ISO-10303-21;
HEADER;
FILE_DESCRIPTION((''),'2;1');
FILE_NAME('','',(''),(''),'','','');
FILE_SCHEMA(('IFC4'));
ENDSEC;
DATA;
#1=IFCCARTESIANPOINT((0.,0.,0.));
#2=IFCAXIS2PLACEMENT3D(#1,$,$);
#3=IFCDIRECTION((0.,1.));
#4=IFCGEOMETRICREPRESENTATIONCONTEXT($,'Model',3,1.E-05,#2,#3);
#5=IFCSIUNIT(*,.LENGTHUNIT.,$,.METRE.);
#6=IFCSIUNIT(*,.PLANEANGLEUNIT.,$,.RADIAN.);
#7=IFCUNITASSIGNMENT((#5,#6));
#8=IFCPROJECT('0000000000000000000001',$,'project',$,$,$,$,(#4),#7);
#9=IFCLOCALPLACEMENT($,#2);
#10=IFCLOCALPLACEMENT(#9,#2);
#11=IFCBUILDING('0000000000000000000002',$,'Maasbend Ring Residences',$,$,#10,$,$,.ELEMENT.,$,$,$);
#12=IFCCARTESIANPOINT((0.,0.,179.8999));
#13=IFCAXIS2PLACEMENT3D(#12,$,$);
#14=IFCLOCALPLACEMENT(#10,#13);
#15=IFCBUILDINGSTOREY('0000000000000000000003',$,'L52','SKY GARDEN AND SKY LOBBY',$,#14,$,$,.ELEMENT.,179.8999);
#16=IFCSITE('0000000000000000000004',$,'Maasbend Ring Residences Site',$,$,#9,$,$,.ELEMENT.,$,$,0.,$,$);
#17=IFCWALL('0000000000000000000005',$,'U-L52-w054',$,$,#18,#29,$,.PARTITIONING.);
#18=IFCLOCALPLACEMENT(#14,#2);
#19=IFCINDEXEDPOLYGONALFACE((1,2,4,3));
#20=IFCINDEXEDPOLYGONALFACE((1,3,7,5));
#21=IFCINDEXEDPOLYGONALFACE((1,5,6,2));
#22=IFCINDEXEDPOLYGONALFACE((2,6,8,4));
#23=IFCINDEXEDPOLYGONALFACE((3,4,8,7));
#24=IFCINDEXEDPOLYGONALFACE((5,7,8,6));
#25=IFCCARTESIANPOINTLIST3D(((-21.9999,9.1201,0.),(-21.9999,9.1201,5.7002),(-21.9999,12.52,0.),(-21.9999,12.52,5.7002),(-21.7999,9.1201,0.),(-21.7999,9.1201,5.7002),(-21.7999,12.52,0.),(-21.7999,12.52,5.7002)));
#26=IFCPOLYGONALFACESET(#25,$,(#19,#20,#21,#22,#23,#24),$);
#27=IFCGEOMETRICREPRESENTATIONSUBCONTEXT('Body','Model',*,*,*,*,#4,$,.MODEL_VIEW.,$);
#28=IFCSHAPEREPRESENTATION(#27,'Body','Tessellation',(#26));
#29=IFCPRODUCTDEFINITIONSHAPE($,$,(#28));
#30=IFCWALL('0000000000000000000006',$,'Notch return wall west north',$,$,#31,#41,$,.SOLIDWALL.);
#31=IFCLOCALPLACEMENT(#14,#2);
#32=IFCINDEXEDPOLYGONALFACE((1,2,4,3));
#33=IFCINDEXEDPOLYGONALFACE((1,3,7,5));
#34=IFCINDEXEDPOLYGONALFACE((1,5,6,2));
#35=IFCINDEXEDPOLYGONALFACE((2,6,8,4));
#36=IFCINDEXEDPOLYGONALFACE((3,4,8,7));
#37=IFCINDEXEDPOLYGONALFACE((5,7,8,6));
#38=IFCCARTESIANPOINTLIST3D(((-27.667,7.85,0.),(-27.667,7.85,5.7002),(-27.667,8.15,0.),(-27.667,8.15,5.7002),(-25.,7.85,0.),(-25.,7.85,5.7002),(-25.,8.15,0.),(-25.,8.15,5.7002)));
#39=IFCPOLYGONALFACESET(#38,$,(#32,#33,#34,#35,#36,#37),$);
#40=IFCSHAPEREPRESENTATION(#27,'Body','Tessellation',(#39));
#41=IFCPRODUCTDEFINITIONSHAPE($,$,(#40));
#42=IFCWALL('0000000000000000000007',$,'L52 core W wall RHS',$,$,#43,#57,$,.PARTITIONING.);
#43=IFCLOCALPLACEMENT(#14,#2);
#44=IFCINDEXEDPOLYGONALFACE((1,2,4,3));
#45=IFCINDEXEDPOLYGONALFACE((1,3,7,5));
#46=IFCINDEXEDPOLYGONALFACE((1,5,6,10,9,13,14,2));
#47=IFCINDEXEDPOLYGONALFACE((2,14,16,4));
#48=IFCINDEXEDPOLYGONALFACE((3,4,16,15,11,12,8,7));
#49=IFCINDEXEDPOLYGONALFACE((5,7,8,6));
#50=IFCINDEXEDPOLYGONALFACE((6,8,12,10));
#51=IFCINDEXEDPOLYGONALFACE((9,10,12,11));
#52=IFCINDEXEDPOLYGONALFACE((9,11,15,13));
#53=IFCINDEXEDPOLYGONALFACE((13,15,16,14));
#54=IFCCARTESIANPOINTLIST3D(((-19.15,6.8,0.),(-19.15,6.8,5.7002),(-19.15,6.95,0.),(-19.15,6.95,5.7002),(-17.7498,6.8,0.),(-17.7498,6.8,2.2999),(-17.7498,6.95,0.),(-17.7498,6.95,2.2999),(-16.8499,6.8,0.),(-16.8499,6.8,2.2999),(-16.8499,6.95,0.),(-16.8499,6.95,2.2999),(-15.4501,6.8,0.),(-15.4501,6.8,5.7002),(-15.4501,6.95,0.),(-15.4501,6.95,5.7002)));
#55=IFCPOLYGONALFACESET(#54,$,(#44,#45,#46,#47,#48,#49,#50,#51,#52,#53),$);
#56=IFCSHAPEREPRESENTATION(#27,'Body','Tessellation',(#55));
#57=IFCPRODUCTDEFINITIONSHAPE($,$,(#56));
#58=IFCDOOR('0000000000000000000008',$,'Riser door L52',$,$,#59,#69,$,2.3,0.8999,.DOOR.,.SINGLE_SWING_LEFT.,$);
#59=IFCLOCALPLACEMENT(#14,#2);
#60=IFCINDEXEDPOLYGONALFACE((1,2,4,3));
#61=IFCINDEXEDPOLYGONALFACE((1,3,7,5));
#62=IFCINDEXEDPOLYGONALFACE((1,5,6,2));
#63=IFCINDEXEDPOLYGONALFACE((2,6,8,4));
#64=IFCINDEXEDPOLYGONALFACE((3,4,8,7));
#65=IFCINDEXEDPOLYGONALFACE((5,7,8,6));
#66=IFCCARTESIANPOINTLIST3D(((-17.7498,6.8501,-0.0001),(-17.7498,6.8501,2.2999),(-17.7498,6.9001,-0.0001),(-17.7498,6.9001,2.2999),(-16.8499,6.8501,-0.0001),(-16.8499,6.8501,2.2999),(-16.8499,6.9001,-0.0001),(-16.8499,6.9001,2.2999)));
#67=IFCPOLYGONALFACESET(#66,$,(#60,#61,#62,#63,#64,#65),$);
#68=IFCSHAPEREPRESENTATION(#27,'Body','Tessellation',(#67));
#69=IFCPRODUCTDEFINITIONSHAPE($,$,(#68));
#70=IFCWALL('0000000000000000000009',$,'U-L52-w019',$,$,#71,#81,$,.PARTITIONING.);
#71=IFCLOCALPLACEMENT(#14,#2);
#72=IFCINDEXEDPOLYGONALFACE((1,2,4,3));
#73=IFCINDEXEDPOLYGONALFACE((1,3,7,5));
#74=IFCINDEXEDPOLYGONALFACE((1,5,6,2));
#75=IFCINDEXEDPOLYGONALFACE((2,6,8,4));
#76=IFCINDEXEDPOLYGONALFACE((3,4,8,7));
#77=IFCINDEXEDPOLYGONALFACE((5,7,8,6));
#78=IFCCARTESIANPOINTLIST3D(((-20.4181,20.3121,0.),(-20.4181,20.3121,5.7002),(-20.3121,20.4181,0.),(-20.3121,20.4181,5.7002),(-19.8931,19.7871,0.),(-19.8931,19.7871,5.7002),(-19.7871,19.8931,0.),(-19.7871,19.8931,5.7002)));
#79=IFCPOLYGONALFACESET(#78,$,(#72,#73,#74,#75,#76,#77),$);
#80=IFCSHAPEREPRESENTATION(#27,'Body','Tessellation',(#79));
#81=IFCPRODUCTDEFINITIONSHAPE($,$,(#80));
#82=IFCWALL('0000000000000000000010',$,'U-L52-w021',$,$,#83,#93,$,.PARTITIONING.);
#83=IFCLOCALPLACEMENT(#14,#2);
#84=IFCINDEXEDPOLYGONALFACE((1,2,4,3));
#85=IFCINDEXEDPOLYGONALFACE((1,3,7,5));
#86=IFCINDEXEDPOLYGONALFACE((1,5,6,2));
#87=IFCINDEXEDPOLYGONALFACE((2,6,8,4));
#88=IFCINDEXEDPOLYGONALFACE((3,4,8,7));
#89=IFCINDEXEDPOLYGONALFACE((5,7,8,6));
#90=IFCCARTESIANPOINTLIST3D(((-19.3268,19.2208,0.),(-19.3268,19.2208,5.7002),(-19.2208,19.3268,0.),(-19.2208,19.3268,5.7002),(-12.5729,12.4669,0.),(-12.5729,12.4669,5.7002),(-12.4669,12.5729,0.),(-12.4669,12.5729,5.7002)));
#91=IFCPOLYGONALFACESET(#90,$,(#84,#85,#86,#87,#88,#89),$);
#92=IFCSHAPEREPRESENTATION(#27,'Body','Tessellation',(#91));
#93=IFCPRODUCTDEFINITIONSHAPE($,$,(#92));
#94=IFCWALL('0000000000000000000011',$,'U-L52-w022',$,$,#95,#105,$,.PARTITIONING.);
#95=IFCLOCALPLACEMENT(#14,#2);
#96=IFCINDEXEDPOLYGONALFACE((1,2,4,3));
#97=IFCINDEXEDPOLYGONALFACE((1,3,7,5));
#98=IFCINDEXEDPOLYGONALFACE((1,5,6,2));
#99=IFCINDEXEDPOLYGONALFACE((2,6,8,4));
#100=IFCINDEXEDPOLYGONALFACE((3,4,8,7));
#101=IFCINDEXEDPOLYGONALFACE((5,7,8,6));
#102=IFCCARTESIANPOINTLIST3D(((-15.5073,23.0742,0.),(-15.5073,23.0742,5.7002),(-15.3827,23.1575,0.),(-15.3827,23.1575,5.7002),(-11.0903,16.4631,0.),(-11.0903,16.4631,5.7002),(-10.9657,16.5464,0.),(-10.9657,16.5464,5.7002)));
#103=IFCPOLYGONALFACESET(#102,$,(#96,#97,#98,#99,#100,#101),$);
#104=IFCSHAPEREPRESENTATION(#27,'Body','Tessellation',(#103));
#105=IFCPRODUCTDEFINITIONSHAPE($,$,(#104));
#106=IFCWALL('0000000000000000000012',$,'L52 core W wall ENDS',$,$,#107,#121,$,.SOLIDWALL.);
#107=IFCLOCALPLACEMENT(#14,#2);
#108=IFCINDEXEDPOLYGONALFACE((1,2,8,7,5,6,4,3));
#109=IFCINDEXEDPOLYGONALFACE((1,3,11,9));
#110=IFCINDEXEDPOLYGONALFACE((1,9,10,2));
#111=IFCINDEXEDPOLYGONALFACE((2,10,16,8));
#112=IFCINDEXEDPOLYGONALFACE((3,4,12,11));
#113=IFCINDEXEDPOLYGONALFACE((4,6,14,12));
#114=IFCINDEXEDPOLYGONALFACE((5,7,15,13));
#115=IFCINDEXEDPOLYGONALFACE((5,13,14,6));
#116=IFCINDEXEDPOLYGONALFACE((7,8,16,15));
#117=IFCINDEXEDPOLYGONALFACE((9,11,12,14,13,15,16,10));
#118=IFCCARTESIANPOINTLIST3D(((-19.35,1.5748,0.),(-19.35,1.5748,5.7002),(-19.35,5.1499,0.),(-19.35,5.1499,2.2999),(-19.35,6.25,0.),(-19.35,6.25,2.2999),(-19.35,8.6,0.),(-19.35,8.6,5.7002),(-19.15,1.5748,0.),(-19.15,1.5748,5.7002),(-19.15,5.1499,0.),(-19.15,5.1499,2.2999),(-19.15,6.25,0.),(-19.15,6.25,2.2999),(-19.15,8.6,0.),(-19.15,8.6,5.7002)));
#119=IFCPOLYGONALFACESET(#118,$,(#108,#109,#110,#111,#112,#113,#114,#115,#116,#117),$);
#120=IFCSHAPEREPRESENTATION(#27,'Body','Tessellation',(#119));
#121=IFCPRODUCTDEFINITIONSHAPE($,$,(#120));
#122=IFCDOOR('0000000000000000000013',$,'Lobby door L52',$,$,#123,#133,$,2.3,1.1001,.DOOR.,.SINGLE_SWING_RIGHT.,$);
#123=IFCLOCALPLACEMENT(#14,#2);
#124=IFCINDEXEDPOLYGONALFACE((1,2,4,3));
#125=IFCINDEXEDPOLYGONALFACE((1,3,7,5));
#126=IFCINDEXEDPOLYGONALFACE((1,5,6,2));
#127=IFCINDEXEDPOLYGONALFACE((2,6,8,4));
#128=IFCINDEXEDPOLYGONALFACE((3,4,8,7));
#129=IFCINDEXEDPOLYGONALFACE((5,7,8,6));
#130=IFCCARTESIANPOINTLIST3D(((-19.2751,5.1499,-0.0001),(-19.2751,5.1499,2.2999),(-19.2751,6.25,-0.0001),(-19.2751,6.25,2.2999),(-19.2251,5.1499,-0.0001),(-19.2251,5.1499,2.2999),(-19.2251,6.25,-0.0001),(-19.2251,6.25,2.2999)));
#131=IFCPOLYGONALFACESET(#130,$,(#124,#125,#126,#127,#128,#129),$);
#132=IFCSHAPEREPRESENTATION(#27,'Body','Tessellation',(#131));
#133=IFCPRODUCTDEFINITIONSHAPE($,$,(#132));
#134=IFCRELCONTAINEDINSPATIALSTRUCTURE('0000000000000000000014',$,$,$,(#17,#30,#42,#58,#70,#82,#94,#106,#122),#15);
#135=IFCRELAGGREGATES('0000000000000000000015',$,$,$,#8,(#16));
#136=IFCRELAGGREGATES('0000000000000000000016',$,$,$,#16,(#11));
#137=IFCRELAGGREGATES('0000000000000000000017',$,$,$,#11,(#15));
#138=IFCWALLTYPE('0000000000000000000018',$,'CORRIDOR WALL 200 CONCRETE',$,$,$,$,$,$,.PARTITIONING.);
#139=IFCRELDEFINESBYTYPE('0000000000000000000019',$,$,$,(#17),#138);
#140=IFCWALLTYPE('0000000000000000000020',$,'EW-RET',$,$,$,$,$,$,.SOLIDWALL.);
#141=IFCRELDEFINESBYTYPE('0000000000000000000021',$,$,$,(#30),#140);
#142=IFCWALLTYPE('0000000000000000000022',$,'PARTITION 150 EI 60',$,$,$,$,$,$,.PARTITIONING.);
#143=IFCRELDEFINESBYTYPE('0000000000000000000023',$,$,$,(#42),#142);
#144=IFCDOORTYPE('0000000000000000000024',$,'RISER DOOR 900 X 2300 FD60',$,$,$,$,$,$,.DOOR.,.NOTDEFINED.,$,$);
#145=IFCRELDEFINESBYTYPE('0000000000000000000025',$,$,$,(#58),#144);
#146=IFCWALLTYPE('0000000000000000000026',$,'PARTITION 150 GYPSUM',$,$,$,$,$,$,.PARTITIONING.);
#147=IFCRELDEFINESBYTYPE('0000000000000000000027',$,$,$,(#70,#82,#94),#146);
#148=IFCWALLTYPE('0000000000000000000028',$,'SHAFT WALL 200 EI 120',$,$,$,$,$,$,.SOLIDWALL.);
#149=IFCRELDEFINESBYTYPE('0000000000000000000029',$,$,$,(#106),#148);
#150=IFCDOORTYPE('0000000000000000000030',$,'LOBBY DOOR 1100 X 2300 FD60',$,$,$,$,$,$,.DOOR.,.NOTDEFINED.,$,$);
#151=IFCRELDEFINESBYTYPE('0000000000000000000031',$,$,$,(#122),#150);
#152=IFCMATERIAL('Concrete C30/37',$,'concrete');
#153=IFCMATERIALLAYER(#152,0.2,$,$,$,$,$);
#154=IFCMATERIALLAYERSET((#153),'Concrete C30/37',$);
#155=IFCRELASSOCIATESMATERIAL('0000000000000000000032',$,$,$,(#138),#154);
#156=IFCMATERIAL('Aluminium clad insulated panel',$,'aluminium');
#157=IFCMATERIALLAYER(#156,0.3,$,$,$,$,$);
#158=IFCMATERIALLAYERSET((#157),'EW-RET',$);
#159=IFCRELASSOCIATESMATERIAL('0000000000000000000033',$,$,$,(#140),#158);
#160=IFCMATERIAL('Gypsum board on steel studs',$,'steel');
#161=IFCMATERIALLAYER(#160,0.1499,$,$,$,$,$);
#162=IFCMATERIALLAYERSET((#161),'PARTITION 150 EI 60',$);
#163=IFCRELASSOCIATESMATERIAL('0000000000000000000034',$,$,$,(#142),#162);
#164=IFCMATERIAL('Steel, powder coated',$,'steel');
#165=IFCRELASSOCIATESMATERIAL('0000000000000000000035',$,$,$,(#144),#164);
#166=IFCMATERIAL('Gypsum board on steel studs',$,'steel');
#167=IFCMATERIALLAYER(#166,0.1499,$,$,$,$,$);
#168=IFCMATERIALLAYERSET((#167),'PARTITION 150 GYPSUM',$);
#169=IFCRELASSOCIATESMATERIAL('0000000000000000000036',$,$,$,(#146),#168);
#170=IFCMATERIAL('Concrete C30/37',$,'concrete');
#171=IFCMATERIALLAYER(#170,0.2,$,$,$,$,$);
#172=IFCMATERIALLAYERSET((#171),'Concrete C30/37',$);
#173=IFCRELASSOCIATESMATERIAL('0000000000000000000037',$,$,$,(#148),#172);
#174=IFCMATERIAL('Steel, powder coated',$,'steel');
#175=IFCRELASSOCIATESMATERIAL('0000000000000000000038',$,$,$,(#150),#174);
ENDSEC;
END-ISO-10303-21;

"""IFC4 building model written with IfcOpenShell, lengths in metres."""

from ifc_helpers import new_model, si_unit, direction, frame, frame_2d, origin, place, context, subcontext, project, spatial, rectangle, extrude, material, layer, layer_set, type_object, element, fill, save


model = new_model("IFC4")

# Units and contexts
model_context = context("Model", 3, precision=1e-05, world=origin(), true_north=direction((0.0, 1.0)))
body_context = subcontext(model_context, "Body", "Model", "MODEL_VIEW")
ifc_project = project(units=[si_unit("LENGTHUNIT", "METRE"), si_unit("PLANEANGLEUNIT", "RADIAN")], contexts=[model_context])

# Site, building, storey
site_placement = place(None, origin())
site = spatial("IfcSite", under=ifc_project, at=site_placement, Name="Maasbend Ring Residences Site", CompositionType="ELEMENT", RefElevation=0.0)
building_placement = place(site_placement, origin())
building = spatial("IfcBuilding", under=site, at=building_placement, Name="Maasbend Ring Residences", CompositionType="ELEMENT")
storey_placement = place(building_placement, frame((0.0, 0.0, 179.8999)))
storey = spatial("IfcBuildingStorey", under=building, at=storey_placement, Name="L52", Description="SKY GARDEN AND SKY LOBBY", CompositionType="ELEMENT", Elevation=179.8999)

# Shared definitions
ifc_material_1 = material(Name="Concrete C30/37", Category="concrete")
ifc_layer_1 = layer(ifc_material_1, 0.2)
ifc_layer_set_1 = layer_set([ifc_layer_1], Name="Concrete C30/37")
wall_type_1 = type_object("IfcWallType", Name="CORRIDOR WALL 200 CONCRETE", PredefinedType="PARTITIONING", material=ifc_layer_set_1)

# Walls
wall_1_placement = place(storey_placement, frame((-21.8999, 9.1201, 0.0), z_axis=(0.0, 0.0, 1.0), x_axis=(0.0, 1.0, 0.0)))
element("IfcWall", 1, at=wall_1_placement, inside=storey, type_object=wall_type_1, Name="U-L52-w054", PredefinedType="PARTITIONING", context=body_context, shape_type="SweptSolid", body=[
    extrude(rectangle(XDim=3.3999, YDim=0.2, at=frame_2d((1.7, 0.0))), origin(), (0.0, 0.0, 1.0), 5.7002),
])
ifc_material_2 = material(Name="Aluminium clad insulated panel", Category="aluminium")
ifc_layer_2 = layer(ifc_material_2, 0.3)
ifc_layer_set_2 = layer_set([ifc_layer_2], Name="EW-RET")
wall_type_2 = type_object("IfcWallType", Name="EW-RET", PredefinedType="SOLIDWALL", material=ifc_layer_set_2)
wall_2_placement = place(storey_placement, frame((-25.0, 8.0, 0.0), z_axis=(0.0, 0.0, 1.0), x_axis=(-1.0, 0.0, 0.0)))
element("IfcWall", 2, at=wall_2_placement, inside=storey, type_object=wall_type_2, Name="Notch return wall west north", PredefinedType="SOLIDWALL", context=body_context, shape_type="SweptSolid", body=[
    extrude(rectangle(XDim=2.667, YDim=0.3, at=frame_2d((1.3335, 0.0))), origin(), (0.0, 0.0, 1.0), 5.7002),
])

# Wall, opening, door
ifc_material_3 = material(Name="Gypsum board on steel studs", Category="steel")
ifc_layer_3 = layer(ifc_material_3, 0.1499)
ifc_layer_set_3 = layer_set([ifc_layer_3], Name="PARTITION 150 EI 60")
wall_type_3 = type_object("IfcWallType", Name="PARTITION 150 EI 60", PredefinedType="PARTITIONING", material=ifc_layer_set_3)
wall_3_placement = place(storey_placement, frame((-15.45, 6.875, 0.0), z_axis=(0.0, 0.0, 1.0), x_axis=(-1.0, 0.0, 0.0)))
wall_3 = element("IfcWall", 3, at=wall_3_placement, inside=storey, type_object=wall_type_3, Name="L52 core W wall RHS", PredefinedType="PARTITIONING", context=body_context, shape_type="SweptSolid", body=[
    extrude(rectangle(XDim=3.7, YDim=0.1499, at=frame_2d((1.8501, 0.0))), origin(), (0.0, 0.0, 1.0), 5.7002),
])
opening_1_placement = place(wall_3_placement, frame((1.3999, 0.0, 0.0)))
opening_1 = element("IfcOpeningElement", 4, at=opening_1_placement, cuts=wall_3, PredefinedType="OPENING", context=body_context, shape_type="SweptSolid", body=[
    extrude(rectangle(XDim=0.8999, YDim=2.3, at=frame_2d((0.45, 1.1499))), frame((0.0, 0.085, 0.0), z_axis=(0.0, -1.0, 0.0), x_axis=(1.0, 0.0, 0.0)), (0.0, 0.0, 1.0), 0.1699),
])
ifc_material_4 = material(Name="Steel, powder coated", Category="steel")
door_type_1 = type_object("IfcDoorType", Name="RISER DOOR 900 X 2300 FD60", OperationType="NOTDEFINED", PredefinedType="DOOR", material=ifc_material_4)
door_1_placement = place(opening_1_placement, origin())
door_1 = element("IfcDoor", 5, at=door_1_placement, inside=storey, type_object=door_type_1, Name="Riser door L52", OperationType="SINGLE_SWING_LEFT", OverallHeight=2.3, OverallWidth=0.8999, PredefinedType="DOOR", context=body_context, shape_type="SweptSolid", body=[
    extrude(rectangle(XDim=0.8999, YDim=2.3, at=frame_2d((0.45, 1.1499))), frame((0.0, 0.0249, 0.0), z_axis=(0.0, -1.0, 0.0), x_axis=(1.0, 0.0, 0.0)), (0.0, 0.0, 1.0), 0.05),
])
fill(opening_1, door_1)

# Walls
ifc_material_5 = material(Name="Gypsum board on steel studs", Category="steel")
ifc_layer_4 = layer(ifc_material_5, 0.1499)
ifc_layer_set_4 = layer_set([ifc_layer_4], Name="PARTITION 150 GYPSUM")
wall_type_4 = type_object("IfcWallType", Name="PARTITION 150 GYPSUM", PredefinedType="PARTITIONING", material=ifc_layer_set_4)
wall_4_placement = place(storey_placement, frame((-20.365, 20.365, 0.0), z_axis=(0.0, 0.0, 1.0), x_axis=(0.707107, -0.707107, 0.0)))
element("IfcWall", 6, at=wall_4_placement, inside=storey, type_object=wall_type_4, Name="U-L52-w019", PredefinedType="PARTITIONING", context=body_context, shape_type="SweptSolid", body=[
    extrude(rectangle(XDim=0.7424, YDim=0.1499, at=frame_2d((0.3711, 0.0))), origin(), (0.0, 0.0, 1.0), 5.7002),
])
wall_5_placement = place(storey_placement, frame((-19.2739, 19.2739, 0.0), z_axis=(0.0, 0.0, 1.0), x_axis=(0.707107, -0.707107, 0.0)))
element("IfcWall", 7, at=wall_5_placement, inside=storey, type_object=wall_type_4, Name="U-L52-w021", PredefinedType="PARTITIONING", context=body_context, shape_type="SweptSolid", body=[
    extrude(rectangle(XDim=9.5515, YDim=0.1499, at=frame_2d((4.7759, 0.0))), origin(), (0.0, 0.0, 1.0), 5.7002),
])
wall_6_placement = place(storey_placement, frame((-15.4451, 23.116, 0.0), z_axis=(0.0, 0.0, 1.0), x_axis=(0.555536, -0.831492, 0.0)))
element("IfcWall", 8, at=wall_6_placement, inside=storey, type_object=wall_type_4, Name="U-L52-w022", PredefinedType="PARTITIONING", context=body_context, shape_type="SweptSolid", body=[
    extrude(rectangle(XDim=7.9509, YDim=0.1499, at=frame_2d((3.9756, 0.0))), origin(), (0.0, 0.0, 1.0), 5.7002),
])

# Wall, opening, door
ifc_material_6 = material(Name="Concrete C30/37", Category="concrete")
ifc_layer_5 = layer(ifc_material_6, 0.2)
ifc_layer_set_5 = layer_set([ifc_layer_5], Name="Concrete C30/37")
wall_type_5 = type_object("IfcWallType", Name="SHAFT WALL 200 EI 120", PredefinedType="SOLIDWALL", material=ifc_layer_set_5)
wall_7_placement = place(storey_placement, frame((-19.25, 8.6001, 0.0), z_axis=(0.0, 0.0, 1.0), x_axis=(0.0, -1.0, 0.0)))
wall_7 = element("IfcWall", 9, at=wall_7_placement, inside=storey, type_object=wall_type_5, Name="L52 core W wall ENDS", PredefinedType="SOLIDWALL", context=body_context, shape_type="SweptSolid", body=[
    extrude(rectangle(XDim=7.0251, YDim=0.2, at=frame_2d((3.5127, 0.0))), origin(), (0.0, 0.0, 1.0), 5.7002),
])
opening_2_placement = place(wall_7_placement, frame((2.3501, 0.0, 0.0)))
opening_2 = element("IfcOpeningElement", 10, at=opening_2_placement, cuts=wall_7, PredefinedType="OPENING", context=body_context, shape_type="SweptSolid", body=[
    extrude(rectangle(XDim=1.1001, YDim=2.3, at=frame_2d((0.55, 1.1499))), frame((0.0, 0.1099, 0.0), z_axis=(0.0, -1.0, 0.0), x_axis=(1.0, 0.0, 0.0)), (0.0, 0.0, 1.0), 0.22),
])
ifc_material_7 = material(Name="Steel, powder coated", Category="steel")
door_type_2 = type_object("IfcDoorType", Name="LOBBY DOOR 1100 X 2300 FD60", OperationType="NOTDEFINED", PredefinedType="DOOR", material=ifc_material_7)
door_2_placement = place(opening_2_placement, origin())
door_2 = element("IfcDoor", 11, at=door_2_placement, inside=storey, type_object=door_type_2, Name="Lobby door L52", OperationType="SINGLE_SWING_RIGHT", OverallHeight=2.3, OverallWidth=1.1001, PredefinedType="DOOR", context=body_context, shape_type="SweptSolid", body=[
    extrude(rectangle(XDim=1.1001, YDim=2.3, at=frame_2d((0.55, 1.1499))), frame((0.0, 0.0249, 0.0), z_axis=(0.0, -1.0, 0.0), x_axis=(1.0, 0.0, 0.0)), (0.0, 0.0, 1.0), 0.05),
])
fill(opening_2, door_2)

save(model, "model.ifc")
